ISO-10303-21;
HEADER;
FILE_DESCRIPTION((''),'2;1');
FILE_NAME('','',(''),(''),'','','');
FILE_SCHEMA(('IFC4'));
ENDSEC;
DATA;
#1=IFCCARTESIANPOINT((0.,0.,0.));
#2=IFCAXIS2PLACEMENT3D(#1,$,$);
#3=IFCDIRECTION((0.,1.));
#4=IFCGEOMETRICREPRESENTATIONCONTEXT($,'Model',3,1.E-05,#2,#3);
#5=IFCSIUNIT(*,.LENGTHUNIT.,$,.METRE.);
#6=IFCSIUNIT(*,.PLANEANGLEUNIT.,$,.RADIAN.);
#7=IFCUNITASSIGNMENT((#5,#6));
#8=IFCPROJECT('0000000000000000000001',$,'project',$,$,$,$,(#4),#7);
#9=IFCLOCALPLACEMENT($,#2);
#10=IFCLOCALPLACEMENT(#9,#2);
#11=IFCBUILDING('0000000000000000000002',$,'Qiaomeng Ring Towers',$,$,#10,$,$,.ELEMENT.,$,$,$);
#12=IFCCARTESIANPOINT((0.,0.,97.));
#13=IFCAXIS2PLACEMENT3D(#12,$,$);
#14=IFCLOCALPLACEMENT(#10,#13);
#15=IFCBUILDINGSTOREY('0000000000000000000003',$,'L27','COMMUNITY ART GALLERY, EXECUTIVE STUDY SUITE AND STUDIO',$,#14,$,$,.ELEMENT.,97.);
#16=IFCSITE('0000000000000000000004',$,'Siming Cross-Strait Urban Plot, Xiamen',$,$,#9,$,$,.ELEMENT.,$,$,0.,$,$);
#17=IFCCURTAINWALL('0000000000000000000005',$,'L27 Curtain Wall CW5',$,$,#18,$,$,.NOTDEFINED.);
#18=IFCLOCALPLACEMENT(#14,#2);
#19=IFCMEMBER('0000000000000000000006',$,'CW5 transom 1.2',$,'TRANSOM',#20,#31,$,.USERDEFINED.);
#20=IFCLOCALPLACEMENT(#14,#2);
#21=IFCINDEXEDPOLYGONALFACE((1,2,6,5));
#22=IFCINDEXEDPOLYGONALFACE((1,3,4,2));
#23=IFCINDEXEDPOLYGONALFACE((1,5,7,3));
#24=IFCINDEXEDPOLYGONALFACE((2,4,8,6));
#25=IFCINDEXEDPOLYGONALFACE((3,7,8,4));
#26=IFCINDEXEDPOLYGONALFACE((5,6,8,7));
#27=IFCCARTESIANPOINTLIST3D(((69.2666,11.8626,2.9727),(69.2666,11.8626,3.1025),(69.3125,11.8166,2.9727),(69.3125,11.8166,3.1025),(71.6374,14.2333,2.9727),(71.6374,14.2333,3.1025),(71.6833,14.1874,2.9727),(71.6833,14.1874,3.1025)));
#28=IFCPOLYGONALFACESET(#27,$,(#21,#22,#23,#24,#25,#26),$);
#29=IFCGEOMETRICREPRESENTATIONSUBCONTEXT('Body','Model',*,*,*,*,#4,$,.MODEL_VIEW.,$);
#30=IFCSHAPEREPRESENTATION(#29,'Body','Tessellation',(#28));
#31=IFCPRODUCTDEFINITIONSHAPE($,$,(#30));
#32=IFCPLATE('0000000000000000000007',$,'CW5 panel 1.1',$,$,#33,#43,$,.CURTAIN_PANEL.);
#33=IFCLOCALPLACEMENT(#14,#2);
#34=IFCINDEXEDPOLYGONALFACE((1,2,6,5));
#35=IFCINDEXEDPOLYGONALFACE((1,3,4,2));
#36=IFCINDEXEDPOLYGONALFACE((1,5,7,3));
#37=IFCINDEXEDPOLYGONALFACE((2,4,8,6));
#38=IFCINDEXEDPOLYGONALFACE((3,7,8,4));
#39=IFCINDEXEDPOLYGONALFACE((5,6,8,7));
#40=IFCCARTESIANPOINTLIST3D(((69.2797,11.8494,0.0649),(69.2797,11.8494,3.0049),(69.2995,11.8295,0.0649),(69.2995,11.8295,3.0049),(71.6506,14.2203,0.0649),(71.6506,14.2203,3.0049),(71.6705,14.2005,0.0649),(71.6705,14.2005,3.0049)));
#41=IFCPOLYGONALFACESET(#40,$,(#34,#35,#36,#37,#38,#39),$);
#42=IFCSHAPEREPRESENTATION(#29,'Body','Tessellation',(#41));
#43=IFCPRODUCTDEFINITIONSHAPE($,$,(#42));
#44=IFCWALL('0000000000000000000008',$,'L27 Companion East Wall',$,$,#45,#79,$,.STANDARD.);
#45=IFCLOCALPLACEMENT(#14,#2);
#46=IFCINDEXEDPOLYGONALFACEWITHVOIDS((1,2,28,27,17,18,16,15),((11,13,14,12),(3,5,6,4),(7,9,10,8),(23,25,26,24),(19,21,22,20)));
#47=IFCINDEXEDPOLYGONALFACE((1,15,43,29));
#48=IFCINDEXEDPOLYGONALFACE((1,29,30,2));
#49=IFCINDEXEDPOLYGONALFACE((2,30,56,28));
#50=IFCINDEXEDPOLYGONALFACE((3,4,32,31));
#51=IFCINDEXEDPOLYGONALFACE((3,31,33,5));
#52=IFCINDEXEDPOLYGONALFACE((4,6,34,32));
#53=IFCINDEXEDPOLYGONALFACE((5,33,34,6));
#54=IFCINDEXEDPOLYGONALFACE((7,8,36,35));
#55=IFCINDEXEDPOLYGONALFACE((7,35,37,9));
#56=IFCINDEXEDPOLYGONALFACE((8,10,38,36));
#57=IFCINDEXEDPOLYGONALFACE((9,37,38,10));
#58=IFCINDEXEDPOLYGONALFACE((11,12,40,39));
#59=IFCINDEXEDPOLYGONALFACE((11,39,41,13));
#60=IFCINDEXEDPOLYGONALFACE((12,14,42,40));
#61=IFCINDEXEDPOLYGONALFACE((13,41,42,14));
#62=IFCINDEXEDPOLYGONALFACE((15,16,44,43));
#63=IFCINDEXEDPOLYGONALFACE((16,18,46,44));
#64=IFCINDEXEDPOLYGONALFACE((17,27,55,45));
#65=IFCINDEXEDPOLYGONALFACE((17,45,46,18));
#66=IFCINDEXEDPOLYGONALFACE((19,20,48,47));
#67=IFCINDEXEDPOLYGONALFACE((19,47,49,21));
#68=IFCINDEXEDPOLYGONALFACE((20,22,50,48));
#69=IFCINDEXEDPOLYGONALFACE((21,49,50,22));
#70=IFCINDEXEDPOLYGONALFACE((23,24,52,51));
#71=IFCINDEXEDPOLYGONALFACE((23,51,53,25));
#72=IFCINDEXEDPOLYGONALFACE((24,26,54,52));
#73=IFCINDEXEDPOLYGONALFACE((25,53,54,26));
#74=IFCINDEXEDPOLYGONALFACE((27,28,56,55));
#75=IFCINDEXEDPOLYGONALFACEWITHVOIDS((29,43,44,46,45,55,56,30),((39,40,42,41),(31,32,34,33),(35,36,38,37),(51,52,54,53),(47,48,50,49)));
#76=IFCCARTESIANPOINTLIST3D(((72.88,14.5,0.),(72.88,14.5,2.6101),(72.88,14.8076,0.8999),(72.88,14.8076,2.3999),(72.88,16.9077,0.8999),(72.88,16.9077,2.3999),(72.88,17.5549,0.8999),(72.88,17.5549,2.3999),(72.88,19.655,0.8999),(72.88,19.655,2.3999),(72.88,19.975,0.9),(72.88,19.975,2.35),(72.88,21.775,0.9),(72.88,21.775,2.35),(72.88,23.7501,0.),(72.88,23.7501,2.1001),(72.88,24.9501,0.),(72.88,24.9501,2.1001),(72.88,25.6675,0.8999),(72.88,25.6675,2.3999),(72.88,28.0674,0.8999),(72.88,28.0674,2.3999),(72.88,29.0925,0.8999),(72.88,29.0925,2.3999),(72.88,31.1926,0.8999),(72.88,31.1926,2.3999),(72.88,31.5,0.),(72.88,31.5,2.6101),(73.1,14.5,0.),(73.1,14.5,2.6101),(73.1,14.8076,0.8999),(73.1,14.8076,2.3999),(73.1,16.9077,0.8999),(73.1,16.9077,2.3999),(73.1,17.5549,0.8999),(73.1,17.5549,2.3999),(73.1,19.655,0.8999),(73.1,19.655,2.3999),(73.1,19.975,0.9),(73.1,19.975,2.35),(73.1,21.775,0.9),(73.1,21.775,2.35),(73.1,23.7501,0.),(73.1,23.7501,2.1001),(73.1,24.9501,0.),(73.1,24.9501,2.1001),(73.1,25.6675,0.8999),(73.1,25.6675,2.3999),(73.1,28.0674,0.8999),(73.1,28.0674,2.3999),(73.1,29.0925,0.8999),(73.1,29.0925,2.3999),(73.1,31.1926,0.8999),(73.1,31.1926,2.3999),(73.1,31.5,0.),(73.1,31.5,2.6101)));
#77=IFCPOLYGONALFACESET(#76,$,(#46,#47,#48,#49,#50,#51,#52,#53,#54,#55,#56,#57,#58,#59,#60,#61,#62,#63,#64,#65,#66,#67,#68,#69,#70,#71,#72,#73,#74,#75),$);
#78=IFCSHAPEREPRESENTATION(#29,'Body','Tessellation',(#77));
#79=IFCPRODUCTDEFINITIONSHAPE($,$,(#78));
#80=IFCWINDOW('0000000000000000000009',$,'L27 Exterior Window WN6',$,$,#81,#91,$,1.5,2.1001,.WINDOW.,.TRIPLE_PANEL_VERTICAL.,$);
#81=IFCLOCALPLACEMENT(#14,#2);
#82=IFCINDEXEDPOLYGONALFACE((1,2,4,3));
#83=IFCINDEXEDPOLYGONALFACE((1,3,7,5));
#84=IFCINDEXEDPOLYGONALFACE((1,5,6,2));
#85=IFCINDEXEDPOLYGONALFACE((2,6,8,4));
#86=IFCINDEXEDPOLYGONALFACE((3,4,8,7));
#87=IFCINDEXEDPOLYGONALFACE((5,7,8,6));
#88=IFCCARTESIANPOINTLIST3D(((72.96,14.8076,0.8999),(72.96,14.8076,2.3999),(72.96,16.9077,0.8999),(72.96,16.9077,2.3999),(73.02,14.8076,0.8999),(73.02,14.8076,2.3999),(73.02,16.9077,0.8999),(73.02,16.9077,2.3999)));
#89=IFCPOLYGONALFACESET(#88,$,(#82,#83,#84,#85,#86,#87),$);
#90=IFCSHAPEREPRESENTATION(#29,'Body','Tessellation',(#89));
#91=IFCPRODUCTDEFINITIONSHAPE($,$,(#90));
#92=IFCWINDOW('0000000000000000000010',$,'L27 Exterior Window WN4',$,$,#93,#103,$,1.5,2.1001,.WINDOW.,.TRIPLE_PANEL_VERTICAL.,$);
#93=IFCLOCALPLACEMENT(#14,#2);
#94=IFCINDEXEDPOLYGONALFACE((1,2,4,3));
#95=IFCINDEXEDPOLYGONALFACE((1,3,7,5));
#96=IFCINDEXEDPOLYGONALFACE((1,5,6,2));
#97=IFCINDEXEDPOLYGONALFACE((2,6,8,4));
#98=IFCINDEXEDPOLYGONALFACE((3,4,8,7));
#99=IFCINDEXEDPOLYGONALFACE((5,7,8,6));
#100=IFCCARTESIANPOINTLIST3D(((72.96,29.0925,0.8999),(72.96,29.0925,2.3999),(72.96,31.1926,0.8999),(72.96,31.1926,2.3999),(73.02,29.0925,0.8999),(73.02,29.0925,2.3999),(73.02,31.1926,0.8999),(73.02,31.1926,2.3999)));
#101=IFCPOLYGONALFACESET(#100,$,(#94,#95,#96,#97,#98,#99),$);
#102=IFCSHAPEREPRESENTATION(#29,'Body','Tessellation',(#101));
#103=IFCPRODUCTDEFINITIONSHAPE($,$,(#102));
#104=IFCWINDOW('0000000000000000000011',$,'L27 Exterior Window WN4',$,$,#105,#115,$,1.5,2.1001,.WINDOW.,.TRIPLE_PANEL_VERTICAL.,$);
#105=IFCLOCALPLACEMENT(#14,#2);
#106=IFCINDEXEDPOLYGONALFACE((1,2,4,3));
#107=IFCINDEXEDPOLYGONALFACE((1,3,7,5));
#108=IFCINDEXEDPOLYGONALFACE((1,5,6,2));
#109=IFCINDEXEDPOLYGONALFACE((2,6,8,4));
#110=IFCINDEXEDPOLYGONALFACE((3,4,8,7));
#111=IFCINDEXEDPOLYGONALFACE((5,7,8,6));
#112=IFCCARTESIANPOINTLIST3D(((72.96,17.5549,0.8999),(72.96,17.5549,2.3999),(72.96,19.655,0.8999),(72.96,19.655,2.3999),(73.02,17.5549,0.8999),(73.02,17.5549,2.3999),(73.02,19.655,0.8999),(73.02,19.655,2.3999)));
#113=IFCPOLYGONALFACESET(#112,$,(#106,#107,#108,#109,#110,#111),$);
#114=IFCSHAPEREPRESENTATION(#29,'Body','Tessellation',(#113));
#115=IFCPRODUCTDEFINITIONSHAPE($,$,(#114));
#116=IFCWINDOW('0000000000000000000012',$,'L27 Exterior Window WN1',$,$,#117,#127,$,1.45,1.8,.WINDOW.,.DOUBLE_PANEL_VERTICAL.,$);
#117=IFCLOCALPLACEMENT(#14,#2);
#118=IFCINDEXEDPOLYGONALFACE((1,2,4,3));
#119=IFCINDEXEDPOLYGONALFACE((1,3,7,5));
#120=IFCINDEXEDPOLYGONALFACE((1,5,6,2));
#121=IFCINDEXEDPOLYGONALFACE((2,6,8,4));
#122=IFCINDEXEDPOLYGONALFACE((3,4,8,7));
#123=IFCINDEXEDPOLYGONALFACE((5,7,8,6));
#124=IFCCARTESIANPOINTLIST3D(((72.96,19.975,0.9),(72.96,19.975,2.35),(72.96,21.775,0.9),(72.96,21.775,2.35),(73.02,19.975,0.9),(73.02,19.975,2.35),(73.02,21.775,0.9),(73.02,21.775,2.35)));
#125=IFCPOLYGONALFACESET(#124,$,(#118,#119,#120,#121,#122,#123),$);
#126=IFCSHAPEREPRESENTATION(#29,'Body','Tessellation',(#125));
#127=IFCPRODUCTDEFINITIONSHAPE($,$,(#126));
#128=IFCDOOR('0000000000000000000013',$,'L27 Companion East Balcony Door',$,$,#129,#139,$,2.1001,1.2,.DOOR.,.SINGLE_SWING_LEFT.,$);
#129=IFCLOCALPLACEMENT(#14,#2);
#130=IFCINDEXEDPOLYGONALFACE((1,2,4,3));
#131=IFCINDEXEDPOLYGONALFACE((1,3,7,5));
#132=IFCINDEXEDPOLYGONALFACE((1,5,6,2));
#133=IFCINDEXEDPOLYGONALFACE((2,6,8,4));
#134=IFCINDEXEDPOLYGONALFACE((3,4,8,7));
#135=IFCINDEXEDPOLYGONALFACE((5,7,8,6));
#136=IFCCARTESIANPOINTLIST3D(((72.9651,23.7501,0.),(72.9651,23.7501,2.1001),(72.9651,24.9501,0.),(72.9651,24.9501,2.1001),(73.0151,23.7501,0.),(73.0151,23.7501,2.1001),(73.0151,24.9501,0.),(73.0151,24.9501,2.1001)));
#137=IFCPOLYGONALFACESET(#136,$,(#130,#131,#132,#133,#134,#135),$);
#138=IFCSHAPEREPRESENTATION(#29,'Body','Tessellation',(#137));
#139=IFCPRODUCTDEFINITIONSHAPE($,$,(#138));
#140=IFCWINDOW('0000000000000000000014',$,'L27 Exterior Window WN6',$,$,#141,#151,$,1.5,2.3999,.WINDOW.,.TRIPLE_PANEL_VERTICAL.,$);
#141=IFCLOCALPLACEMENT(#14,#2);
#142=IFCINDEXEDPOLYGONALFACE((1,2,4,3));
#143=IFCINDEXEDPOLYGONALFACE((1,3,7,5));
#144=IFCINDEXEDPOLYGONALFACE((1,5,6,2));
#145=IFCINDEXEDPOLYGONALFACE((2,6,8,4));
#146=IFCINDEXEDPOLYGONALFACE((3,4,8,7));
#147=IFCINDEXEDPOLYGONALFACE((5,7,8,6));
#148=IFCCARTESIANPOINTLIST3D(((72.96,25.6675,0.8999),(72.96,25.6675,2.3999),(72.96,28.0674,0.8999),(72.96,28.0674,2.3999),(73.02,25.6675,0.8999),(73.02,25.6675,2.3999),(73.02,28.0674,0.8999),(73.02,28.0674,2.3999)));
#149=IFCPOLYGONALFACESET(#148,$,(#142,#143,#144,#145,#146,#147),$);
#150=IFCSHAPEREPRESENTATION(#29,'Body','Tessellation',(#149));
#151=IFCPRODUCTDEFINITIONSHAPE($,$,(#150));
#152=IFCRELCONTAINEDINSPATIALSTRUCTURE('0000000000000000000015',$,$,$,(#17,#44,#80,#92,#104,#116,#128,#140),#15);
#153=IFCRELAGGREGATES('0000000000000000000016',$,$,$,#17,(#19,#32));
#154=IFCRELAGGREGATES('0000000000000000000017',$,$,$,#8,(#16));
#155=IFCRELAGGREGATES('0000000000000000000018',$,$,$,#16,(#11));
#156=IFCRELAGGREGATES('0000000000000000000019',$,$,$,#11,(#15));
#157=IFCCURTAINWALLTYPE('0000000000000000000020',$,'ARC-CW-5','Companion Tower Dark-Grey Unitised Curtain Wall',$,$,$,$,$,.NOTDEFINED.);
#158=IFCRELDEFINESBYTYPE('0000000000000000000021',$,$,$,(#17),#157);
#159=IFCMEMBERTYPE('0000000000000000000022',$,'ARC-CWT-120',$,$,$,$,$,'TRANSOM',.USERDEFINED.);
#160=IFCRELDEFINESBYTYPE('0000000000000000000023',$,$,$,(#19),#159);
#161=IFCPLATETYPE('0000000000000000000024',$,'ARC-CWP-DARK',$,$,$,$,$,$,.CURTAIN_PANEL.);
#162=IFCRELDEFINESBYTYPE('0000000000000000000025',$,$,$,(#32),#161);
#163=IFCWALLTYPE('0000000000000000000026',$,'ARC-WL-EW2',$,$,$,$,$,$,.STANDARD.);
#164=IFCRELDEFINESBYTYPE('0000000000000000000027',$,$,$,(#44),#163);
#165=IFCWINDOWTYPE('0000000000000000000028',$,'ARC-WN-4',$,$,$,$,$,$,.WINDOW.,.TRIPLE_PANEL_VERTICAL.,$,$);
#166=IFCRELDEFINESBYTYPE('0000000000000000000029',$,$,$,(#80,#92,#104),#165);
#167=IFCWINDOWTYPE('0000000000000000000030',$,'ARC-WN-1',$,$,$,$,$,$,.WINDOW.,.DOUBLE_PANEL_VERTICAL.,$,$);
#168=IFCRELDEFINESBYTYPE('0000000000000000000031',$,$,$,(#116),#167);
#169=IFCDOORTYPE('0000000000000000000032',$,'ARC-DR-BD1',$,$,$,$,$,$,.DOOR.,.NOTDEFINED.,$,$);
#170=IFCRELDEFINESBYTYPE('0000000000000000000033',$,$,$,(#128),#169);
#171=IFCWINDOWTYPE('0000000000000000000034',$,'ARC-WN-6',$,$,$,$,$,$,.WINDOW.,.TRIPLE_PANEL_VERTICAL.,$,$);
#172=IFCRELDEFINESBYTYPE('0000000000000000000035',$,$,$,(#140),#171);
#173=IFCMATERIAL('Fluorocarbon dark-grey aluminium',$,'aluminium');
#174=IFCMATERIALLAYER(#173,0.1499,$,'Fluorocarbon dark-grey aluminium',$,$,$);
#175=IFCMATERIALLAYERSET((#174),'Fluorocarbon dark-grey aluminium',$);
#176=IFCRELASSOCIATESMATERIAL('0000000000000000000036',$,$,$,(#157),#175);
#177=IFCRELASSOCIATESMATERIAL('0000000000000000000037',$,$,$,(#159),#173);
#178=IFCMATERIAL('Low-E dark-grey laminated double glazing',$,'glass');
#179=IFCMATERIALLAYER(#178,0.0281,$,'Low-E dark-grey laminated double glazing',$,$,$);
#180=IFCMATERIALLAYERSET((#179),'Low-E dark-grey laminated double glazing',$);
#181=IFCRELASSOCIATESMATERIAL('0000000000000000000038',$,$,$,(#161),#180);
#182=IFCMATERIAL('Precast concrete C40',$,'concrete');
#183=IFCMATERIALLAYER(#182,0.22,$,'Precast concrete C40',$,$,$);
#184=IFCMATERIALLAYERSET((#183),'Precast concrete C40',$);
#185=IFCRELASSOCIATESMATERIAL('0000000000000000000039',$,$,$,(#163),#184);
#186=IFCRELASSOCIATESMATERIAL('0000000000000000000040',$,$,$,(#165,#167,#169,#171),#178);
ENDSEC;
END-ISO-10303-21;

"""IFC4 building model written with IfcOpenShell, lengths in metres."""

from ifc_helpers import new_model, si_unit, direction, frame, frame_2d, origin, origin_2d, place, context, subcontext, project, spatial, rectangle, extrude, source, transform, mapped, material, layer, layer_set, material_profile, profile_set, type_object, element, fill, aggregate, save


model = new_model("IFC4")

# Units and contexts
model_context = context("Model", 3, precision=1e-05, world=origin(), true_north=direction((0.0, 1.0)))
body_context = subcontext(model_context, "Body", "Model", "MODEL_VIEW")
ifc_project = project(units=[si_unit("LENGTHUNIT", "METRE"), si_unit("PLANEANGLEUNIT", "RADIAN")], contexts=[model_context])

# Site, building, storey
site_placement = place(None, origin())
site = spatial("IfcSite", under=ifc_project, at=site_placement, Name="Siming Cross-Strait Urban Plot, Xiamen", CompositionType="ELEMENT", RefElevation=0.0)
building_placement = place(site_placement, origin())
building = spatial("IfcBuilding", under=site, at=building_placement, Name="Qiaomeng Ring Towers", CompositionType="ELEMENT")
storey_placement = place(building_placement, frame((0.0, 0.0, 97.0)))
storey = spatial("IfcBuildingStorey", under=building, at=storey_placement, Name="L27", Description="COMMUNITY ART GALLERY, EXECUTIVE STUDY SUITE AND STUDIO", CompositionType="ELEMENT", Elevation=97.0)

# Curtain wall
ifc_material_1 = material(Name="Fluorocarbon dark-grey aluminium", Category="aluminium")
ifc_layer_1 = layer(ifc_material_1, 0.1499, Name="Fluorocarbon dark-grey aluminium")
ifc_layer_set_1 = layer_set([ifc_layer_1], Name="Fluorocarbon dark-grey aluminium")
curtain_wall_type = type_object("IfcCurtainWallType", Name="ARC-CW-5", Description="Companion Tower Dark-Grey Unitised Curtain Wall", PredefinedType="NOTDEFINED", material=ifc_layer_set_1)
curtain_wall_1_placement = place(storey_placement, origin())
curtain_wall_1 = element("IfcCurtainWall", 1, at=curtain_wall_1_placement, inside=storey, type_object=curtain_wall_type, Name="L27 Curtain Wall CW5", PredefinedType="NOTDEFINED")

# Member
ifc_material_profile_1 = material_profile(ifc_material_1, rectangle(XDim=0.0649, YDim=0.1299, at=origin_2d()), Name="ALU TRAN 65x130")
ifc_profile_set_1 = profile_set([ifc_material_profile_1], Name="Fluorocarbon dark-grey aluminium")
member_type_1 = type_object("IfcMemberType", Name="ARC-CWT-120", ElementType="TRANSOM", PredefinedType="USERDEFINED", material=ifc_profile_set_1)
shared_shape_1 = source(origin(), body_context, "Body", "SweptSolid", [
    extrude(rectangle(XDim=0.0649, YDim=0.1299, at=origin_2d()), origin(), (0.0, 0.0, 1.0), 3.3528),
])
member_1_placement = place(storey_placement, frame((69.2896, 11.8396, 3.0376), z_axis=(0.707107, 0.707107, 0.0), x_axis=(-0.707107, 0.707107, 0.0)))
member_1 = element("IfcMember", 2, at=member_1_placement, type_object=member_type_1, Name="CW5 transom 1.2", ObjectType="TRANSOM", PredefinedType="USERDEFINED", context=body_context, shape_type="MappedRepresentation", body=[
    mapped(shared_shape_1, transform((0.0, 0.0, 0.0), x_axis=(1.0, 0.0, 0.0), y_axis=(0.0, 1.0, 0.0), z_axis=(0.0, 0.0, 1.0), scale=1.0)),
])

# Plate
ifc_material_2 = material(Name="Low-E dark-grey laminated double glazing", Category="glass")
ifc_layer_2 = layer(ifc_material_2, 0.0281, Name="Low-E dark-grey laminated double glazing")
ifc_layer_set_2 = layer_set([ifc_layer_2], Name="Low-E dark-grey laminated double glazing")
plate_type = type_object("IfcPlateType", Name="ARC-CWP-DARK", PredefinedType="CURTAIN_PANEL", material=ifc_layer_set_2)
shared_shape_2 = source(origin(), body_context, "Body", "SweptSolid", [
    extrude(rectangle(XDim=3.353, YDim=0.0281, at=origin_2d()), origin(), (0.0, 0.0, 1.0), 2.9399),
])
plate_placement = place(storey_placement, frame((70.4751, 13.0249, 0.0649), z_axis=(0.0, 0.0, 1.0), x_axis=(0.707107, 0.707107, 0.0)))
plate = element("IfcPlate", 3, at=plate_placement, type_object=plate_type, Name="CW5 panel 1.1", PredefinedType="CURTAIN_PANEL", context=body_context, shape_type="MappedRepresentation", body=[
    mapped(shared_shape_2, transform((0.0, 0.0, 0.0), x_axis=(1.0, 0.0, 0.0), y_axis=(0.0, 1.0, 0.0), z_axis=(0.0, 0.0, 1.0), scale=1.0)),
])
aggregate(curtain_wall_1, [member_1, plate])

# Wall, openings, windows, door
ifc_material_3 = material(Name="Precast concrete C40", Category="concrete")
ifc_layer_3 = layer(ifc_material_3, 0.22, Name="Precast concrete C40")
ifc_layer_set_3 = layer_set([ifc_layer_3], Name="Precast concrete C40")
wall_type_1 = type_object("IfcWallType", Name="ARC-WL-EW2", PredefinedType="STANDARD", material=ifc_layer_set_3)
wall_1_placement = place(storey_placement, frame((72.99, 14.5, 0.0), z_axis=(0.0, 0.0, 1.0), x_axis=(0.0, 1.0, 0.0)))
wall_1 = element("IfcWall", 4, at=wall_1_placement, inside=storey, type_object=wall_type_1, Name="L27 Companion East Wall", PredefinedType="STANDARD", context=body_context, shape_type="SweptSolid", body=[
    extrude(rectangle(XDim=17.0, YDim=0.22, at=frame_2d((8.5, 0.0))), origin(), (0.0, 0.0, 1.0), 2.6101),
])
opening_1_placement = place(wall_1_placement, frame((9.25, 0.0, 0.0)))
opening_1 = element("IfcOpeningElement", 5, at=opening_1_placement, cuts=wall_1, PredefinedType="OPENING", context=body_context, shape_type="SweptSolid", body=[
    extrude(rectangle(XDim=1.2, YDim=2.1001, at=frame_2d((0.6001, 1.05))), frame((0.0, 0.1199, 0.0), z_axis=(0.0, -1.0, 0.0), x_axis=(1.0, 0.0, 0.0)), (0.0, 0.0, 1.0), 0.24),
])
opening_2_placement = place(wall_1_placement, frame((0.3076, 0.0, 0.8999)))
opening_2 = element("IfcOpeningElement", 6, at=opening_2_placement, cuts=wall_1, PredefinedType="OPENING", context=body_context, shape_type="SweptSolid", body=[
    extrude(rectangle(XDim=2.1001, YDim=1.5, at=frame_2d((1.05, 0.75))), frame((0.0, 0.1199, 0.0), z_axis=(0.0, -1.0, 0.0), x_axis=(1.0, 0.0, 0.0)), (0.0, 0.0, 1.0), 0.24),
])
opening_3_placement = place(wall_1_placement, frame((5.4751, 0.0, 0.8999)))
opening_3 = element("IfcOpeningElement", 7, at=opening_3_placement, cuts=wall_1, PredefinedType="OPENING", context=body_context, shape_type="SweptSolid", body=[
    extrude(rectangle(XDim=1.8, YDim=1.45, at=frame_2d((0.8999, 0.7251))), frame((0.0, 0.1199, 0.0), z_axis=(0.0, -1.0, 0.0), x_axis=(1.0, 0.0, 0.0)), (0.0, 0.0, 1.0), 0.24),
])
opening_4_placement = place(wall_1_placement, frame((14.5925, 0.0, 0.8999)))
opening_4 = element("IfcOpeningElement", 8, at=opening_4_placement, cuts=wall_1, PredefinedType="OPENING", context=body_context, shape_type="SweptSolid", body=[
    extrude(rectangle(XDim=2.1001, YDim=1.5, at=frame_2d((1.05, 0.75))), frame((0.0, 0.1199, 0.0), z_axis=(0.0, -1.0, 0.0), x_axis=(1.0, 0.0, 0.0)), (0.0, 0.0, 1.0), 0.24),
])
opening_5_placement = place(wall_1_placement, frame((3.0549, 0.0, 0.8999)))
opening_5 = element("IfcOpeningElement", 9, at=opening_5_placement, cuts=wall_1, PredefinedType="OPENING", context=body_context, shape_type="SweptSolid", body=[
    extrude(rectangle(XDim=2.1001, YDim=1.5, at=frame_2d((1.05, 0.75))), frame((0.0, 0.1199, 0.0), z_axis=(0.0, -1.0, 0.0), x_axis=(1.0, 0.0, 0.0)), (0.0, 0.0, 1.0), 0.24),
])
opening_6_placement = place(wall_1_placement, frame((11.1675, 0.0, 0.8999)))
opening_6 = element("IfcOpeningElement", 10, at=opening_6_placement, cuts=wall_1, PredefinedType="OPENING", context=body_context, shape_type="SweptSolid", body=[
    extrude(rectangle(XDim=2.3999, YDim=1.5, at=frame_2d((1.2, 0.75))), frame((0.0, 0.1199, 0.0), z_axis=(0.0, -1.0, 0.0), x_axis=(1.0, 0.0, 0.0)), (0.0, 0.0, 1.0), 0.24),
])
window_type_1 = type_object("IfcWindowType", Name="ARC-WN-4", PartitioningType="TRIPLE_PANEL_VERTICAL", PredefinedType="WINDOW", material=ifc_material_2)
shared_shape_3 = source(origin(), body_context, "Body", "SweptSolid", [
    extrude(rectangle(XDim=2.1001, YDim=1.5, at=frame_2d((1.05, 0.75))), frame((0.0, 0.03, 0.0), z_axis=(0.0, -1.0, 0.0), x_axis=(1.0, 0.0, 0.0)), (0.0, 0.0, 1.0), 0.0601),
])
window_1_placement = place(opening_2_placement, origin())
window_1 = element("IfcWindow", 11, at=window_1_placement, inside=storey, type_object=window_type_1, Name="L27 Exterior Window WN6", OverallHeight=1.5, OverallWidth=2.1001, PartitioningType="TRIPLE_PANEL_VERTICAL", PredefinedType="WINDOW", context=body_context, shape_type="MappedRepresentation", body=[
    mapped(shared_shape_3, transform((0.0, 0.0, 0.0), x_axis=(1.0, 0.0, 0.0), y_axis=(0.0, 1.0, 0.0), z_axis=(0.0, 0.0, 1.0), scale=1.0)),
])
fill(opening_2, window_1)
window_2_placement = place(opening_4_placement, origin())
window_2 = element("IfcWindow", 12, at=window_2_placement, inside=storey, type_object=window_type_1, Name="L27 Exterior Window WN4", OverallHeight=1.5, OverallWidth=2.1001, PartitioningType="TRIPLE_PANEL_VERTICAL", PredefinedType="WINDOW", context=body_context, shape_type="MappedRepresentation", body=[
    mapped(shared_shape_3, transform((0.0, 0.0, 0.0), x_axis=(1.0, 0.0, 0.0), y_axis=(0.0, 1.0, 0.0), z_axis=(0.0, 0.0, 1.0), scale=1.0)),
])
fill(opening_4, window_2)
window_3_placement = place(opening_5_placement, origin())
window_3 = element("IfcWindow", 13, at=window_3_placement, inside=storey, type_object=window_type_1, Name="L27 Exterior Window WN4", OverallHeight=1.5, OverallWidth=2.1001, PartitioningType="TRIPLE_PANEL_VERTICAL", PredefinedType="WINDOW", context=body_context, shape_type="MappedRepresentation", body=[
    mapped(shared_shape_3, transform((0.0, 0.0, 0.0), x_axis=(1.0, 0.0, 0.0), y_axis=(0.0, 1.0, 0.0), z_axis=(0.0, 0.0, 1.0), scale=1.0)),
])
fill(opening_5, window_3)
window_type_2 = type_object("IfcWindowType", Name="ARC-WN-1", PartitioningType="DOUBLE_PANEL_VERTICAL", PredefinedType="WINDOW", material=ifc_material_2)
shared_shape_4 = source(origin(), body_context, "Body", "SweptSolid", [
    extrude(rectangle(XDim=1.8, YDim=1.45, at=frame_2d((0.8999, 0.7251))), frame((0.0, 0.03, 0.0), z_axis=(0.0, -1.0, 0.0), x_axis=(1.0, 0.0, 0.0)), (0.0, 0.0, 1.0), 0.0601),
])
window_4_placement = place(opening_3_placement, origin())
window_4 = element("IfcWindow", 14, at=window_4_placement, inside=storey, type_object=window_type_2, Name="L27 Exterior Window WN1", OverallHeight=1.45, OverallWidth=1.8, PartitioningType="DOUBLE_PANEL_VERTICAL", PredefinedType="WINDOW", context=body_context, shape_type="MappedRepresentation", body=[
    mapped(shared_shape_4, transform((0.0, 0.0, 0.0), x_axis=(1.0, 0.0, 0.0), y_axis=(0.0, 1.0, 0.0), z_axis=(0.0, 0.0, 1.0), scale=1.0)),
])
fill(opening_3, window_4)
door_type_1 = type_object("IfcDoorType", Name="ARC-DR-BD1", OperationType="NOTDEFINED", PredefinedType="DOOR", material=ifc_material_2)
shared_shape_5 = source(origin(), body_context, "Body", "SweptSolid", [
    extrude(rectangle(XDim=1.2, YDim=2.1001, at=frame_2d((0.6001, 1.05))), frame((0.0, 0.0249, 0.0), z_axis=(0.0, -1.0, 0.0), x_axis=(1.0, 0.0, 0.0)), (0.0, 0.0, 1.0), 0.05),
])
door_1_placement = place(opening_1_placement, origin())
door_1 = element("IfcDoor", 15, at=door_1_placement, inside=storey, type_object=door_type_1, Name="L27 Companion East Balcony Door", OperationType="SINGLE_SWING_LEFT", OverallHeight=2.1001, OverallWidth=1.2, PredefinedType="DOOR", context=body_context, shape_type="MappedRepresentation", body=[
    mapped(shared_shape_5, transform((0.0, 0.0, 0.0), x_axis=(1.0, 0.0, 0.0), y_axis=(0.0, 1.0, 0.0), z_axis=(0.0, 0.0, 1.0), scale=1.0)),
])
fill(opening_1, door_1)
window_type_3 = type_object("IfcWindowType", Name="ARC-WN-6", PartitioningType="TRIPLE_PANEL_VERTICAL", PredefinedType="WINDOW", material=ifc_material_2)
shared_shape_6 = source(origin(), body_context, "Body", "SweptSolid", [
    extrude(rectangle(XDim=2.3999, YDim=1.5, at=frame_2d((1.2, 0.75))), frame((0.0, 0.03, 0.0), z_axis=(0.0, -1.0, 0.0), x_axis=(1.0, 0.0, 0.0)), (0.0, 0.0, 1.0), 0.0601),
])
window_5_placement = place(opening_6_placement, origin())
window_5 = element("IfcWindow", 16, at=window_5_placement, inside=storey, type_object=window_type_3, Name="L27 Exterior Window WN6", OverallHeight=1.5, OverallWidth=2.3999, PartitioningType="TRIPLE_PANEL_VERTICAL", PredefinedType="WINDOW", context=body_context, shape_type="MappedRepresentation", body=[
    mapped(shared_shape_6, transform((0.0, 0.0, 0.0), x_axis=(1.0, 0.0, 0.0), y_axis=(0.0, 1.0, 0.0), z_axis=(0.0, 0.0, 1.0), scale=1.0)),
])
fill(opening_6, window_5)

save(model, "model.ifc")
